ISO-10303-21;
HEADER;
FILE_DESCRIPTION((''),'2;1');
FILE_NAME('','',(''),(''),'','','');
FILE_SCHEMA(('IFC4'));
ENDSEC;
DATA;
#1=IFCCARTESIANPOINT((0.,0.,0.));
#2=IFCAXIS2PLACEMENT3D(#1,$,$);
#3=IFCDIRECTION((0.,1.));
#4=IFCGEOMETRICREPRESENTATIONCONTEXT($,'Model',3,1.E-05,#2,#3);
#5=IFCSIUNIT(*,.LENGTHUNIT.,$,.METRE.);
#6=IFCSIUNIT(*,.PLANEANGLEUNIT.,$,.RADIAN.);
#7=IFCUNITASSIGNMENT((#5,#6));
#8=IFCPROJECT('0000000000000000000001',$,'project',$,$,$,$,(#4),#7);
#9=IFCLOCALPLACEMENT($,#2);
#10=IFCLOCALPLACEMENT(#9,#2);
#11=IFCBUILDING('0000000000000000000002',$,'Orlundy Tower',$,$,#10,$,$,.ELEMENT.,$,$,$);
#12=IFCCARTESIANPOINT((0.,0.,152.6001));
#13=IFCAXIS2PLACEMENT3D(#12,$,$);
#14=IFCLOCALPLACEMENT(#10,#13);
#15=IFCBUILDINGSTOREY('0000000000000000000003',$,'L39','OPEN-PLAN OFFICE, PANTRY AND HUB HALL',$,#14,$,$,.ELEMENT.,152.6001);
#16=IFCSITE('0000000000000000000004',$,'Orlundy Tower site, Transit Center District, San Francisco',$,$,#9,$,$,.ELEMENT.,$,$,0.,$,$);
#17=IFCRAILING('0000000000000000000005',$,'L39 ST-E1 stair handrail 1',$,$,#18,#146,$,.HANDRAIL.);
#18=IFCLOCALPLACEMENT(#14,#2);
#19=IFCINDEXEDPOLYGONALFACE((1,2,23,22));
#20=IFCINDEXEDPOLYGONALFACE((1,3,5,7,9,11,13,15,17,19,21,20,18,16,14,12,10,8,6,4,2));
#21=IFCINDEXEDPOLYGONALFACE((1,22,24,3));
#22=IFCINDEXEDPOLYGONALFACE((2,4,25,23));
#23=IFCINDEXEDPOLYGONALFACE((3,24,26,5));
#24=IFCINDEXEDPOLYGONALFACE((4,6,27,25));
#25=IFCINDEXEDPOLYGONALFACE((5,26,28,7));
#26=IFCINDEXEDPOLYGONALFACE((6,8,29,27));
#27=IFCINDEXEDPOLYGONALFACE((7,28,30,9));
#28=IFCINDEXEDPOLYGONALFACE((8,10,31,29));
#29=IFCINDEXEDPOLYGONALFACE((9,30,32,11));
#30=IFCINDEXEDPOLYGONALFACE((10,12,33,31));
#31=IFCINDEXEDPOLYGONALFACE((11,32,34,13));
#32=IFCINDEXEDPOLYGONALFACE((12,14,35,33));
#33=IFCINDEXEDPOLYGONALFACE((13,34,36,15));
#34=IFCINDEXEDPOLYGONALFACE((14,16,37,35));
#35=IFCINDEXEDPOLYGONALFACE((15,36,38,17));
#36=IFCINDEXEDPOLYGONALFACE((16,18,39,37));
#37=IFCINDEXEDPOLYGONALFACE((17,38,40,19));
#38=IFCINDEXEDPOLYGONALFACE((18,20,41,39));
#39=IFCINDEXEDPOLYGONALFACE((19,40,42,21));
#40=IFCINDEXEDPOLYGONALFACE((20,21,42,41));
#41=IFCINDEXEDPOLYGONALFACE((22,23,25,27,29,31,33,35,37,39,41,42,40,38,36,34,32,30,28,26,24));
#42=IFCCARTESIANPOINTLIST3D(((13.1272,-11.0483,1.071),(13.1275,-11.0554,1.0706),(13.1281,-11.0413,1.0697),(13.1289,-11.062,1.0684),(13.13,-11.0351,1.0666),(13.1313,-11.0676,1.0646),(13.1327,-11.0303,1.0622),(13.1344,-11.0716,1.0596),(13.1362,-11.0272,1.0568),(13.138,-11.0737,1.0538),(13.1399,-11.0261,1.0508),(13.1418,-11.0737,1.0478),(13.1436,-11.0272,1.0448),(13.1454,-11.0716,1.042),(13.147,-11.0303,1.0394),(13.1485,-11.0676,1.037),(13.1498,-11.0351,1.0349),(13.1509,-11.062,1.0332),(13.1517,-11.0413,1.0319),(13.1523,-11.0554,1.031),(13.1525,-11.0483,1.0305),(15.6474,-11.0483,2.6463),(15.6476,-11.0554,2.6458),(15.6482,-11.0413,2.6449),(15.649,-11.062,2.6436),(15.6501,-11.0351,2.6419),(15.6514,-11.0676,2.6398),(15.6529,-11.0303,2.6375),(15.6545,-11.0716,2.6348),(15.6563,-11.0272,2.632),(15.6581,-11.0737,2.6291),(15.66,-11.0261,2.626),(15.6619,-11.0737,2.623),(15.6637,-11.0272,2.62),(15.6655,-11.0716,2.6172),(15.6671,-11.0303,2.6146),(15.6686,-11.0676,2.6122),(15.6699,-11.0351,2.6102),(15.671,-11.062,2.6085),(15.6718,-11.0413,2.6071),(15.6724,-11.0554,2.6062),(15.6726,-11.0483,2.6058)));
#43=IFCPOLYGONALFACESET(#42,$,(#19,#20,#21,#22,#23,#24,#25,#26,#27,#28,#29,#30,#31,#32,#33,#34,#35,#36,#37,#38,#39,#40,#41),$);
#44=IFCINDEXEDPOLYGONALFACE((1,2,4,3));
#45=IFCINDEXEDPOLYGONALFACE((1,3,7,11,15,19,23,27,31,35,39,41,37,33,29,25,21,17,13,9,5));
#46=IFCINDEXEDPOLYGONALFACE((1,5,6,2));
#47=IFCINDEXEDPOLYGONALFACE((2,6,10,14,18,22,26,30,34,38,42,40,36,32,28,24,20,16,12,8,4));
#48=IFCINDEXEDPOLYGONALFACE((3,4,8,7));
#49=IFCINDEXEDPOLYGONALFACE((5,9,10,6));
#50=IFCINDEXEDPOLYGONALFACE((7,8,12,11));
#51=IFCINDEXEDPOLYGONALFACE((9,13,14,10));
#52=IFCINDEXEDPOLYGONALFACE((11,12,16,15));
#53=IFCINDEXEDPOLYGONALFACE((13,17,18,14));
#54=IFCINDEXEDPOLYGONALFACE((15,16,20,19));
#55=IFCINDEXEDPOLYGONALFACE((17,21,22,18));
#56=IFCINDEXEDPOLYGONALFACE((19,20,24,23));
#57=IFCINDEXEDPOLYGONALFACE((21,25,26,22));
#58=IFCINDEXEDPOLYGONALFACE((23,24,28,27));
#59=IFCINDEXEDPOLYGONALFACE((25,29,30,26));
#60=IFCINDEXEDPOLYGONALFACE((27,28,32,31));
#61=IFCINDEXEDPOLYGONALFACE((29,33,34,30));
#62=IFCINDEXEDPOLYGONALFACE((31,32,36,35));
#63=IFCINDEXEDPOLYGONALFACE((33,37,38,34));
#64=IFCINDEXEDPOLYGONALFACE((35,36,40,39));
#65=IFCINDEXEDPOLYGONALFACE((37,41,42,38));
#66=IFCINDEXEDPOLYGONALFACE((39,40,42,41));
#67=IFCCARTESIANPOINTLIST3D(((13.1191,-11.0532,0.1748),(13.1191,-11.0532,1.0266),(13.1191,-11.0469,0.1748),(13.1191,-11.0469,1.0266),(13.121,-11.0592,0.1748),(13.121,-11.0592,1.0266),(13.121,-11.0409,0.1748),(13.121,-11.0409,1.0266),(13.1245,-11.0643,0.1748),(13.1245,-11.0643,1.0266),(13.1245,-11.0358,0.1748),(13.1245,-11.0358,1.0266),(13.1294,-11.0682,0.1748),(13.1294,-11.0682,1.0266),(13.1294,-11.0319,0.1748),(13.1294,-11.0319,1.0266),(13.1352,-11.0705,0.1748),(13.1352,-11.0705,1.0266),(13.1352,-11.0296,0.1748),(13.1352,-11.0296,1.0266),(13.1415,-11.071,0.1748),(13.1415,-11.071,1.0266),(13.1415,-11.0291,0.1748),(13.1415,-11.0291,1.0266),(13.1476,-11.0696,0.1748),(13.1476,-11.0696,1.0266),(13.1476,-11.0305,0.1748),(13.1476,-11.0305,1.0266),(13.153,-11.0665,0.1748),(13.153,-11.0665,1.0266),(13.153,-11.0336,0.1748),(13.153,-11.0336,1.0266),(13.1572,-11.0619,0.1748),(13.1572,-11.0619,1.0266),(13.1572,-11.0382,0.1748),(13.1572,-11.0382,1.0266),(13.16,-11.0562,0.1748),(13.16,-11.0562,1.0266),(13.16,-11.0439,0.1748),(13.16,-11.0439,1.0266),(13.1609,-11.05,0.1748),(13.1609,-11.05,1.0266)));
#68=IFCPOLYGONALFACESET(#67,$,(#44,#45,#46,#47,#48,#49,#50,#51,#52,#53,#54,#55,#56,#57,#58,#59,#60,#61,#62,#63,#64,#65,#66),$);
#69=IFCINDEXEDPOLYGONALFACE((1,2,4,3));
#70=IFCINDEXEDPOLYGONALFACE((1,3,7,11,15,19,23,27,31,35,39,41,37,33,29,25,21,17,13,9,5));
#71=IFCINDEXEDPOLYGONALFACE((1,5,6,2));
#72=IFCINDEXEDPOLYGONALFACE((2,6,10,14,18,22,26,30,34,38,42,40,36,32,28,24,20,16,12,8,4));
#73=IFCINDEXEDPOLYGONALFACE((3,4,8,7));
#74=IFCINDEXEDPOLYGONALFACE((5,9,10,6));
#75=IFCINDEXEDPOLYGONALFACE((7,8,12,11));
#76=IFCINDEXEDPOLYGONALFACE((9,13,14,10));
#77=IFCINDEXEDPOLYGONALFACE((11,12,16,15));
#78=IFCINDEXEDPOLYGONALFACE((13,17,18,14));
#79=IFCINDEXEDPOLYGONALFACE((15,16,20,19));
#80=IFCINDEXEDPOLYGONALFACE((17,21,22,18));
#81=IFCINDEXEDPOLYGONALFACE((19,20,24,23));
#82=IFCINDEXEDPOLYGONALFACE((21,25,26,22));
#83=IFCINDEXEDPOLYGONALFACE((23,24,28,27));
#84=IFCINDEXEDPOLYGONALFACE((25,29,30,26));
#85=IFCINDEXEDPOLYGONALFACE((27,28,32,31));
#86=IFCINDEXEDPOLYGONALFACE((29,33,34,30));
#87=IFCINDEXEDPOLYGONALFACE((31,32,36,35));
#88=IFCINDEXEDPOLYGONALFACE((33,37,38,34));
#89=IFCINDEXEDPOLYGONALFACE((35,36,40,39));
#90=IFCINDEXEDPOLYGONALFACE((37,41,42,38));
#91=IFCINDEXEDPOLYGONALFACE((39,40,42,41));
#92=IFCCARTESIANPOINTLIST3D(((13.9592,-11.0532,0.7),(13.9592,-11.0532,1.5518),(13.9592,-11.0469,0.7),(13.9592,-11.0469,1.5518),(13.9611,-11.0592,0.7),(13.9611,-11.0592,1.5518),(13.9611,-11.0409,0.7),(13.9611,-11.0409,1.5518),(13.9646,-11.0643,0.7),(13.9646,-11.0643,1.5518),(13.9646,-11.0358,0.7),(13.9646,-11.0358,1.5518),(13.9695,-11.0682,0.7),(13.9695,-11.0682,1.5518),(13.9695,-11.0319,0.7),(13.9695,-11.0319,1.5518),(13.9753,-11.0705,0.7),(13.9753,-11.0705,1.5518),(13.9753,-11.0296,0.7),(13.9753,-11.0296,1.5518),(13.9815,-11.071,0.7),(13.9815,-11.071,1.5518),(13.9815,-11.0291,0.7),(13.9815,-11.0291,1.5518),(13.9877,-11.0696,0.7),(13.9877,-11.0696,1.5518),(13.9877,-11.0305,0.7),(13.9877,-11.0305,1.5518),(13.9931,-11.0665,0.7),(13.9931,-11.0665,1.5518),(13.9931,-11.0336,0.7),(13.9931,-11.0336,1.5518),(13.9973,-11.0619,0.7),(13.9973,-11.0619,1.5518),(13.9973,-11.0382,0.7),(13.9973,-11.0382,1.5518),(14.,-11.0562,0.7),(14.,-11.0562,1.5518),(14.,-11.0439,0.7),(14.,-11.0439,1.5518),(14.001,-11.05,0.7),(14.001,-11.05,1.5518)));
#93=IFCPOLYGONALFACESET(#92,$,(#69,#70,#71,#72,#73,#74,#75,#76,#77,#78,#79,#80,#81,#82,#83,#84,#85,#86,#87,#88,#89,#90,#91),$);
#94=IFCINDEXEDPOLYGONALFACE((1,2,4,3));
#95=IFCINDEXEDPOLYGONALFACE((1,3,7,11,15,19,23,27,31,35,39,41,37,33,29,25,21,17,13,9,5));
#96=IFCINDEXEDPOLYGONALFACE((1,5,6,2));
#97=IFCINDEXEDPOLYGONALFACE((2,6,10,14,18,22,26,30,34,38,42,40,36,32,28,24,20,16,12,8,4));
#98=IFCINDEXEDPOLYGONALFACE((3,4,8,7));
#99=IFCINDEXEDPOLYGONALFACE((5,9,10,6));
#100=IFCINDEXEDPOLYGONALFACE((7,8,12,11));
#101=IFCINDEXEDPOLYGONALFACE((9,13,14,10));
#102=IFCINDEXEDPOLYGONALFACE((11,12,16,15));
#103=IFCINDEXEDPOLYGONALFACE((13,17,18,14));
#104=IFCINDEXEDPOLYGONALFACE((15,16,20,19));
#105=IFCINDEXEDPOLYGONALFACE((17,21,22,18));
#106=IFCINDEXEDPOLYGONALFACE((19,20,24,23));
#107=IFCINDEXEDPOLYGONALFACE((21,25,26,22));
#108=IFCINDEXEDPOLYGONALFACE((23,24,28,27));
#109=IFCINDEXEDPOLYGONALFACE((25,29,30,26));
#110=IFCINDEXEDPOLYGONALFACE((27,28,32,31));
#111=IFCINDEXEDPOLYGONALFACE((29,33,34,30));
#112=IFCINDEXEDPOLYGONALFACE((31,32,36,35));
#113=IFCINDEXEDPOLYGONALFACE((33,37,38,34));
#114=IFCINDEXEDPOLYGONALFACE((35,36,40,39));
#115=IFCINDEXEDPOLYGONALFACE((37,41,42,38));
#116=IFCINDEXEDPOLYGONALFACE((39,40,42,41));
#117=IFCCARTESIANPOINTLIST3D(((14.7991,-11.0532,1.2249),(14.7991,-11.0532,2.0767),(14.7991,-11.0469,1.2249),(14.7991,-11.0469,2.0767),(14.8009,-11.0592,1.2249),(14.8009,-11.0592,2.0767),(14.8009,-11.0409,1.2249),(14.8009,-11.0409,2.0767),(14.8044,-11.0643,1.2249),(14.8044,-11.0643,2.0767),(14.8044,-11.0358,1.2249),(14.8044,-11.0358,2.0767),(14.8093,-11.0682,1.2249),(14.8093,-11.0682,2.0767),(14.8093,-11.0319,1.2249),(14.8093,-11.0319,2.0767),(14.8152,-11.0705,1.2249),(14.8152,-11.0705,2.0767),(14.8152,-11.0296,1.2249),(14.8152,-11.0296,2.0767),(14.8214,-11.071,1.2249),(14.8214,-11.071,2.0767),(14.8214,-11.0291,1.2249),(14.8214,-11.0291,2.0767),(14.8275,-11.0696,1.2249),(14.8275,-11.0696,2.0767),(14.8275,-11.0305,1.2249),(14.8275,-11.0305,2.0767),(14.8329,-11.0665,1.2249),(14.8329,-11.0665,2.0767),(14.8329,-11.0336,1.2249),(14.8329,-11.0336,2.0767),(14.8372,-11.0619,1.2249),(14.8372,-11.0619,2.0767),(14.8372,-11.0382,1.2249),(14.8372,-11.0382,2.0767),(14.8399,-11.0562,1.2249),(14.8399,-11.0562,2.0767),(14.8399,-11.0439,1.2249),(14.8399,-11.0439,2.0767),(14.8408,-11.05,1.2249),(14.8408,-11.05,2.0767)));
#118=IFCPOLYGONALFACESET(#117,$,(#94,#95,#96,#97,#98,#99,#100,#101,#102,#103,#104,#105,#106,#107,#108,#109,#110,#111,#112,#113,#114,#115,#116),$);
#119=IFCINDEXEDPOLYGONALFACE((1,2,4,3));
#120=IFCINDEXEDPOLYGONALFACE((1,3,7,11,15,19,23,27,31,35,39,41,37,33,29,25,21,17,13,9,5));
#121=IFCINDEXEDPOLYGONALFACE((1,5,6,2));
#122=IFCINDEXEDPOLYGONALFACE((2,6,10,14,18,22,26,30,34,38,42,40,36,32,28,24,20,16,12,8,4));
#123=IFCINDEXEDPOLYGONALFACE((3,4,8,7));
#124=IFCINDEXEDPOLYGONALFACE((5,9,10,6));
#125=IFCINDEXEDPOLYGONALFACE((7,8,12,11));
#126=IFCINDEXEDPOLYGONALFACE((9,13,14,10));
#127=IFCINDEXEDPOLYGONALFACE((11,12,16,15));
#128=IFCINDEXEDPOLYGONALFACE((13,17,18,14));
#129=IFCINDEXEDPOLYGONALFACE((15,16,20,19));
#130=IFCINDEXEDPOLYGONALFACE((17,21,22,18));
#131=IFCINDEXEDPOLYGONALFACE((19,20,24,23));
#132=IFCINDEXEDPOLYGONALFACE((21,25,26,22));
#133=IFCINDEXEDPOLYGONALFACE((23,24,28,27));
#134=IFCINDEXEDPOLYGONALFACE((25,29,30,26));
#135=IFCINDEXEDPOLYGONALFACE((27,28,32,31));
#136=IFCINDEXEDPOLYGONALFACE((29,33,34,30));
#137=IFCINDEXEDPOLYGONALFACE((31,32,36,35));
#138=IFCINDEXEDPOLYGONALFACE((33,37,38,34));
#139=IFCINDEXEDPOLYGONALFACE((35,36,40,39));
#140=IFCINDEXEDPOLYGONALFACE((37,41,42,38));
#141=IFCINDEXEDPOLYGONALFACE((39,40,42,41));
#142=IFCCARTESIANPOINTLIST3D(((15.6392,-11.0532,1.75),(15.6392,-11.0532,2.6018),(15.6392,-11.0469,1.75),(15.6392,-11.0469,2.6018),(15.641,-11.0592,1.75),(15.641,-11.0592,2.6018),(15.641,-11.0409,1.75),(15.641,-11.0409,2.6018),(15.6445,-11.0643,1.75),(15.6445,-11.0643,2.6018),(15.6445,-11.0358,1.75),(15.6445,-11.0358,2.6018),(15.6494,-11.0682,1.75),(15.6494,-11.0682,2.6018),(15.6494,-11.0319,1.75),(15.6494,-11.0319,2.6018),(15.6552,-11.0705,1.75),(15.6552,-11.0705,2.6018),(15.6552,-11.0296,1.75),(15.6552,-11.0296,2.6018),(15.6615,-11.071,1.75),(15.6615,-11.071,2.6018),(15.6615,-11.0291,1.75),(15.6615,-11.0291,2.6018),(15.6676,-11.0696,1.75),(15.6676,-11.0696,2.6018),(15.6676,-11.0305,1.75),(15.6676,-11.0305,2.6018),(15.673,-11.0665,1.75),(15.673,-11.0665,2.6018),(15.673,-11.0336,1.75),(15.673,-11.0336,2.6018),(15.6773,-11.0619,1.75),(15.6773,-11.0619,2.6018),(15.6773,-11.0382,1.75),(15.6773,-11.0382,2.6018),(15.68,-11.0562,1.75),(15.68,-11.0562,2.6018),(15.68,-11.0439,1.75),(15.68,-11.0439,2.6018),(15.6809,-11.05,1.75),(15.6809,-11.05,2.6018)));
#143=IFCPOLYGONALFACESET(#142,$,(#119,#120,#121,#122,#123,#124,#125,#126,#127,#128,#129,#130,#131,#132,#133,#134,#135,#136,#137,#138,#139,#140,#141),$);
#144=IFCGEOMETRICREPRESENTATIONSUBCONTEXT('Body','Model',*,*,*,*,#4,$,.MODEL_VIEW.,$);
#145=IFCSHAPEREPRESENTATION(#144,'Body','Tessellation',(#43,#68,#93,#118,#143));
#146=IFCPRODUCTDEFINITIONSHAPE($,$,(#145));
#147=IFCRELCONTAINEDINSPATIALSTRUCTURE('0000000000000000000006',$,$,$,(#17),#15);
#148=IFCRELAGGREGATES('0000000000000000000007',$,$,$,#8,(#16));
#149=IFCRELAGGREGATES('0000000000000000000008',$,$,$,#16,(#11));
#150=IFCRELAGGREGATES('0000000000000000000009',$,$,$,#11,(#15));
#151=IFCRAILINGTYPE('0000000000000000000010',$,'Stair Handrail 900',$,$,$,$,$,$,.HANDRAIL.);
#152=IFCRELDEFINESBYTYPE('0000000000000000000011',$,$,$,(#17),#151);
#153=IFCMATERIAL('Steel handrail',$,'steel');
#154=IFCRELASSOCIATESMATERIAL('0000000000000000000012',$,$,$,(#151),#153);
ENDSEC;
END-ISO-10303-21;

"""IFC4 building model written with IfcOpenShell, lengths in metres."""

from ifc_helpers import new_model, si_unit, direction, frame, origin, origin_2d, place, context, subcontext, project, spatial, circle, extrude, material, type_object, element, save


model = new_model("IFC4")

# Units and contexts
model_context = context("Model", 3, precision=1e-05, world=origin(), true_north=direction((0.0, 1.0)))
body_context = subcontext(model_context, "Body", "Model", "MODEL_VIEW")
ifc_project = project(units=[si_unit("LENGTHUNIT", "METRE"), si_unit("PLANEANGLEUNIT", "RADIAN")], contexts=[model_context])

# Site, building, storey
site_placement = place(None, origin())
site = spatial("IfcSite", under=ifc_project, at=site_placement, Name="Orlundy Tower site, Transit Center District, San Francisco", CompositionType="ELEMENT", RefElevation=0.0)
building_placement = place(site_placement, origin())
building = spatial("IfcBuilding", under=site, at=building_placement, Name="Orlundy Tower", CompositionType="ELEMENT")
storey_placement = place(building_placement, frame((0.0, 0.0, 152.6001)))
storey = spatial("IfcBuildingStorey", under=building, at=storey_placement, Name="L39", Description="OPEN-PLAN OFFICE, PANTRY AND HUB HALL", CompositionType="ELEMENT", Elevation=152.6001)

# Railing
ifc_material_1 = material(Name="Steel handrail", Category="steel")
railing_type_1 = type_object("IfcRailingType", Name="Stair Handrail 900", PredefinedType="HANDRAIL", material=ifc_material_1)
railing_1_placement = place(storey_placement, frame((13.1399, -11.05, 0.1748)))
element("IfcRailing", 1, at=railing_1_placement, inside=storey, type_object=railing_type_1, Name="L39 ST-E1 stair handrail 1", PredefinedType="HANDRAIL", context=body_context, shape_type="SweptSolid", body=[
    extrude(circle(Radius=0.0239, at=origin_2d()), frame((0.0, 0.0, 0.876), z_axis=(0.847971, 0.0, 0.530043), x_axis=(0.0, 1.0, 0.0)), (0.0, 0.0, 1.0), 2.9719),
    extrude(circle(Radius=0.021, at=origin_2d()), origin(), (0.0, 0.0, 1.0), 0.8518),
    extrude(circle(Radius=0.021, at=origin_2d()), frame((0.8401, 0.0, 0.5251)), (0.0, 0.0, 1.0), 0.8518),
    extrude(circle(Radius=0.021, at=origin_2d()), frame((1.6799, 0.0, 1.05)), (0.0, 0.0, 1.0), 0.8518),
    extrude(circle(Radius=0.021, at=origin_2d()), frame((2.52, 0.0, 1.5752)), (0.0, 0.0, 1.0), 0.8518),
])

save(model, "model.ifc")
